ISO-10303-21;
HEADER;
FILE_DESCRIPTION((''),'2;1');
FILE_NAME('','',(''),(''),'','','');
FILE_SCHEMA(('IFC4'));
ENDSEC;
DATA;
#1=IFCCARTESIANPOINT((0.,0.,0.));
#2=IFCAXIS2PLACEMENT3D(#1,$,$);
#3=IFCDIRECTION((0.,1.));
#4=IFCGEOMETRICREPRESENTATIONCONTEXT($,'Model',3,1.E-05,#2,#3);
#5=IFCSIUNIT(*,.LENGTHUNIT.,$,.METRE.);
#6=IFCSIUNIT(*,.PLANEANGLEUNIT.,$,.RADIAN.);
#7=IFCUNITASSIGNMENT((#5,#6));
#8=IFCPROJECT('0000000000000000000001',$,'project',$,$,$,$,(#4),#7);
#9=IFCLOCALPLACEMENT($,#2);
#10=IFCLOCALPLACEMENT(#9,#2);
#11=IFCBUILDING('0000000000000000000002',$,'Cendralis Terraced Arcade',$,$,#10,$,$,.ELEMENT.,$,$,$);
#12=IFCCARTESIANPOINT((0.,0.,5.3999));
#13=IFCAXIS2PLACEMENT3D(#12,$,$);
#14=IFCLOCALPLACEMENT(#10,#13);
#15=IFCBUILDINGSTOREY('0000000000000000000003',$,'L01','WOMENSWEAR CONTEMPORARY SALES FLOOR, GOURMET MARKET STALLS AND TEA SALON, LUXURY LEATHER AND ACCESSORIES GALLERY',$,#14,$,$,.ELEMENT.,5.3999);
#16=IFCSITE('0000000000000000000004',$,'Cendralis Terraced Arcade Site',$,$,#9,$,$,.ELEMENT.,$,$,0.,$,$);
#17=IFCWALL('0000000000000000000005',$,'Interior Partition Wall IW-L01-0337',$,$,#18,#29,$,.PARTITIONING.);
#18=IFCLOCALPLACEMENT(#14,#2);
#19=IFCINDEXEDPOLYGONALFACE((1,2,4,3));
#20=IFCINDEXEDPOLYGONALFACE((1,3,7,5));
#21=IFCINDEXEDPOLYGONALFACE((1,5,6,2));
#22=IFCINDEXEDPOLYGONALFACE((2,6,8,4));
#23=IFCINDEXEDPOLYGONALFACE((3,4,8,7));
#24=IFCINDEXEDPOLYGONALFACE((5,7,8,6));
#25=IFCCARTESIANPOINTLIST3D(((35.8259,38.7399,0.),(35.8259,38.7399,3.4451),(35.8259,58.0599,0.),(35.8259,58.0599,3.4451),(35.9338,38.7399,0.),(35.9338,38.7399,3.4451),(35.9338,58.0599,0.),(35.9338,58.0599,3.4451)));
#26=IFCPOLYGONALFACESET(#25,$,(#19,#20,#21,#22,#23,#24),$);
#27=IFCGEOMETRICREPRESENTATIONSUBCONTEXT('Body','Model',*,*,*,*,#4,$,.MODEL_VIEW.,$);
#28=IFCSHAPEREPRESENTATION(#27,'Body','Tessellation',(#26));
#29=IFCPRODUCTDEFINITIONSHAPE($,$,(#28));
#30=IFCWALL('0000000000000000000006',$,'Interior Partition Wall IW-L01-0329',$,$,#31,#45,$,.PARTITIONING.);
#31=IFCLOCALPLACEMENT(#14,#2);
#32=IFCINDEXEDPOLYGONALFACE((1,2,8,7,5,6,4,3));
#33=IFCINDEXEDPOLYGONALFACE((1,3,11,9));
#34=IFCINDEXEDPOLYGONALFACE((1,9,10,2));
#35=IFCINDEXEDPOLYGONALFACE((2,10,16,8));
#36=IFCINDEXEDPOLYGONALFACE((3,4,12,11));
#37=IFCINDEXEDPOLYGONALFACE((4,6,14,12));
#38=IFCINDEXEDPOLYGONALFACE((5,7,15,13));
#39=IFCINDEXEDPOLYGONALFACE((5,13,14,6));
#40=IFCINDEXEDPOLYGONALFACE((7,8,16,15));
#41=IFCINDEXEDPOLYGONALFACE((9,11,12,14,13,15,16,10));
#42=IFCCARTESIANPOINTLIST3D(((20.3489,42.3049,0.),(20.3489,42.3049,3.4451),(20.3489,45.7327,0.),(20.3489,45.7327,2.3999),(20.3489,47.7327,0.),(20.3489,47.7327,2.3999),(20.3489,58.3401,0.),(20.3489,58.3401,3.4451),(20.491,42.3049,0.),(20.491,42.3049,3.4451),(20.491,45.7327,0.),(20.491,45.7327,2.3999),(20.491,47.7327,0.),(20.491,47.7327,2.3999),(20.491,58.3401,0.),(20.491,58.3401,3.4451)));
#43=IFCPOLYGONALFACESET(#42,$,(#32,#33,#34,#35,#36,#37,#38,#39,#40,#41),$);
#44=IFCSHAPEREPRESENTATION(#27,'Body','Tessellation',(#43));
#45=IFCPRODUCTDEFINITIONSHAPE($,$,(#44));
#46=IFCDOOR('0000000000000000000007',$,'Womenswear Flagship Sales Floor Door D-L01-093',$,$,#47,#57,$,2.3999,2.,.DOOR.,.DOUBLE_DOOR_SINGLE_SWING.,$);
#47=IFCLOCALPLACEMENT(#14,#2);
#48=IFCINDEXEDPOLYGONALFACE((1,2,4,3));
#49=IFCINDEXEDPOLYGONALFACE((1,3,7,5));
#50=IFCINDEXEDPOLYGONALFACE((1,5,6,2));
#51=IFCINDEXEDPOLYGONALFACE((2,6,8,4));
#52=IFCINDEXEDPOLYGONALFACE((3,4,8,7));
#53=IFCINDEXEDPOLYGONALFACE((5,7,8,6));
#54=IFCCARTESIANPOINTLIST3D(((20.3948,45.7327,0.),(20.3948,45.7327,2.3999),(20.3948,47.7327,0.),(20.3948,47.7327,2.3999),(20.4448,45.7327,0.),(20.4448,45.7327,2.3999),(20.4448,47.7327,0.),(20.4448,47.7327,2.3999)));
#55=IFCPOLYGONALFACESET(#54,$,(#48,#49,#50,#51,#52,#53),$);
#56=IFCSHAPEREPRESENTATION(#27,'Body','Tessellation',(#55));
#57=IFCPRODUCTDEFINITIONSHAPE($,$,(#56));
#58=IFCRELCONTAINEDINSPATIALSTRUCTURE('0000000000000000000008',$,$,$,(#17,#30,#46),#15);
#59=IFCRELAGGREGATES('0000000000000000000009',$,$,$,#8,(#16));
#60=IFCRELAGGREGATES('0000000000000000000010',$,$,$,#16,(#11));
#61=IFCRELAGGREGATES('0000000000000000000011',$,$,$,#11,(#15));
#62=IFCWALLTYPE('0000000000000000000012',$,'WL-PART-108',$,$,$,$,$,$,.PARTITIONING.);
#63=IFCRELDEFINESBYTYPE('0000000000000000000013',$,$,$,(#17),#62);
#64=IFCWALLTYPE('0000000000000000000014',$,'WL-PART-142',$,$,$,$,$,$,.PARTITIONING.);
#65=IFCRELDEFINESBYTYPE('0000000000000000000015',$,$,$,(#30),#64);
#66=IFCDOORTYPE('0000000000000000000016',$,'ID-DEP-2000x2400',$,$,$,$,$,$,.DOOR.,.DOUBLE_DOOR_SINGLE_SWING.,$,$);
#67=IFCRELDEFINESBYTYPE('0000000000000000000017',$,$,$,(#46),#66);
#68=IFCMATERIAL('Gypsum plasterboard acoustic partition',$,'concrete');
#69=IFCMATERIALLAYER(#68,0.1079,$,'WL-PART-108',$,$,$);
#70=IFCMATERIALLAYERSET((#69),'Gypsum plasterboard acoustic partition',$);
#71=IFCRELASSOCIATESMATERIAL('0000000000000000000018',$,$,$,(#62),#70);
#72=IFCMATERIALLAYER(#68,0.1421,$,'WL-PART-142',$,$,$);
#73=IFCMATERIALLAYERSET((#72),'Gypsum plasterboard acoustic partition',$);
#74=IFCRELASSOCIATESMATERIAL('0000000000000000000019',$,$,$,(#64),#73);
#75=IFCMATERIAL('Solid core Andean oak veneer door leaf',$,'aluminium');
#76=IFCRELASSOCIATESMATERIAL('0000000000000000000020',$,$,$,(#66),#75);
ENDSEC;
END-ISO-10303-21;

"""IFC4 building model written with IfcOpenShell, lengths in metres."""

from ifc_helpers import new_model, si_unit, direction, frame, frame_2d, origin, place, context, subcontext, project, spatial, rectangle, extrude, material, layer, layer_set, type_object, element, fill, save


model = new_model("IFC4")

# Units and contexts
model_context = context("Model", 3, precision=1e-05, world=origin(), true_north=direction((0.0, 1.0)))
body_context = subcontext(model_context, "Body", "Model", "MODEL_VIEW")
ifc_project = project(units=[si_unit("LENGTHUNIT", "METRE"), si_unit("PLANEANGLEUNIT", "RADIAN")], contexts=[model_context])

# Site, building, storey
site_placement = place(None, origin())
site = spatial("IfcSite", under=ifc_project, at=site_placement, Name="Cendralis Terraced Arcade Site", CompositionType="ELEMENT", RefElevation=0.0)
building_placement = place(site_placement, origin())
building = spatial("IfcBuilding", under=site, at=building_placement, Name="Cendralis Terraced Arcade", CompositionType="ELEMENT")
storey_placement = place(building_placement, frame((0.0, 0.0, 5.3999)))
storey = spatial("IfcBuildingStorey", under=building, at=storey_placement, Name="L01", Description="WOMENSWEAR CONTEMPORARY SALES FLOOR, GOURMET MARKET STALLS AND TEA SALON, LUXURY LEATHER AND ACCESSORIES GALLERY", CompositionType="ELEMENT", Elevation=5.3999)

# Wall
ifc_material_1 = material(Name="Gypsum plasterboard acoustic partition", Category="concrete")
ifc_layer_1 = layer(ifc_material_1, 0.1079, Name="WL-PART-108")
ifc_layer_set_1 = layer_set([ifc_layer_1], Name="Gypsum plasterboard acoustic partition")
wall_type_1 = type_object("IfcWallType", Name="WL-PART-108", PredefinedType="PARTITIONING", material=ifc_layer_set_1)
wall_1_placement = place(storey_placement, frame((35.8799, 58.0601, 0.0), z_axis=(0.0, 0.0, 1.0), x_axis=(0.0, -1.0, 0.0)))
element("IfcWall", 1, at=wall_1_placement, inside=storey, type_object=wall_type_1, Name="Interior Partition Wall IW-L01-0337", PredefinedType="PARTITIONING", context=body_context, shape_type="SweptSolid", body=[
    extrude(rectangle(XDim=19.3201, YDim=0.1079, at=frame_2d((9.6602, 0.0))), origin(), (0.0, 0.0, 1.0), 3.4451),
])

# Wall, opening, door
ifc_layer_2 = layer(ifc_material_1, 0.1421, Name="WL-PART-142")
ifc_layer_set_2 = layer_set([ifc_layer_2], Name="Gypsum plasterboard acoustic partition")
wall_type_2 = type_object("IfcWallType", Name="WL-PART-142", PredefinedType="PARTITIONING", material=ifc_layer_set_2)
wall_2_placement = place(storey_placement, frame((20.4199, 58.3401, 0.0), z_axis=(0.0, 0.0, 1.0), x_axis=(0.0, -1.0, 0.0)))
wall_2 = element("IfcWall", 2, at=wall_2_placement, inside=storey, type_object=wall_type_2, Name="Interior Partition Wall IW-L01-0329", PredefinedType="PARTITIONING", context=body_context, shape_type="SweptSolid", body=[
    extrude(rectangle(XDim=16.0352, YDim=0.1421, at=frame_2d((8.0176, 0.0))), origin(), (0.0, 0.0, 1.0), 3.4451),
])
opening_placement = place(wall_2_placement, frame((10.6074, 0.0, 0.0)))
opening = element("IfcOpeningElement", 3, at=opening_placement, cuts=wall_2, PredefinedType="OPENING", context=body_context, shape_type="SweptSolid", body=[
    extrude(rectangle(XDim=2.0, YDim=2.3999, at=frame_2d((1.0, 1.2))), frame((0.0, 0.083, 0.0), z_axis=(0.0, -1.0, 0.0), x_axis=(1.0, 0.0, 0.0)), (0.0, 0.0, 1.0), 0.166),
])
ifc_material_2 = material(Name="Solid core Andean oak veneer door leaf", Category="aluminium")
door_type = type_object("IfcDoorType", Name="ID-DEP-2000x2400", OperationType="DOUBLE_DOOR_SINGLE_SWING", PredefinedType="DOOR", material=ifc_material_2)
door_placement = place(opening_placement, origin())
door = element("IfcDoor", 4, at=door_placement, inside=storey, type_object=door_type, Name="Womenswear Flagship Sales Floor Door D-L01-093", OperationType="DOUBLE_DOOR_SINGLE_SWING", OverallHeight=2.3999, OverallWidth=2.0, PredefinedType="DOOR", context=body_context, shape_type="SweptSolid", body=[
    extrude(rectangle(XDim=2.0, YDim=2.3999, at=frame_2d((1.0, 1.2))), frame((0.0, 0.0249, 0.0), z_axis=(0.0, -1.0, 0.0), x_axis=(1.0, 0.0, 0.0)), (0.0, 0.0, 1.0), 0.05),
])
fill(opening, door)

save(model, "model.ifc")
